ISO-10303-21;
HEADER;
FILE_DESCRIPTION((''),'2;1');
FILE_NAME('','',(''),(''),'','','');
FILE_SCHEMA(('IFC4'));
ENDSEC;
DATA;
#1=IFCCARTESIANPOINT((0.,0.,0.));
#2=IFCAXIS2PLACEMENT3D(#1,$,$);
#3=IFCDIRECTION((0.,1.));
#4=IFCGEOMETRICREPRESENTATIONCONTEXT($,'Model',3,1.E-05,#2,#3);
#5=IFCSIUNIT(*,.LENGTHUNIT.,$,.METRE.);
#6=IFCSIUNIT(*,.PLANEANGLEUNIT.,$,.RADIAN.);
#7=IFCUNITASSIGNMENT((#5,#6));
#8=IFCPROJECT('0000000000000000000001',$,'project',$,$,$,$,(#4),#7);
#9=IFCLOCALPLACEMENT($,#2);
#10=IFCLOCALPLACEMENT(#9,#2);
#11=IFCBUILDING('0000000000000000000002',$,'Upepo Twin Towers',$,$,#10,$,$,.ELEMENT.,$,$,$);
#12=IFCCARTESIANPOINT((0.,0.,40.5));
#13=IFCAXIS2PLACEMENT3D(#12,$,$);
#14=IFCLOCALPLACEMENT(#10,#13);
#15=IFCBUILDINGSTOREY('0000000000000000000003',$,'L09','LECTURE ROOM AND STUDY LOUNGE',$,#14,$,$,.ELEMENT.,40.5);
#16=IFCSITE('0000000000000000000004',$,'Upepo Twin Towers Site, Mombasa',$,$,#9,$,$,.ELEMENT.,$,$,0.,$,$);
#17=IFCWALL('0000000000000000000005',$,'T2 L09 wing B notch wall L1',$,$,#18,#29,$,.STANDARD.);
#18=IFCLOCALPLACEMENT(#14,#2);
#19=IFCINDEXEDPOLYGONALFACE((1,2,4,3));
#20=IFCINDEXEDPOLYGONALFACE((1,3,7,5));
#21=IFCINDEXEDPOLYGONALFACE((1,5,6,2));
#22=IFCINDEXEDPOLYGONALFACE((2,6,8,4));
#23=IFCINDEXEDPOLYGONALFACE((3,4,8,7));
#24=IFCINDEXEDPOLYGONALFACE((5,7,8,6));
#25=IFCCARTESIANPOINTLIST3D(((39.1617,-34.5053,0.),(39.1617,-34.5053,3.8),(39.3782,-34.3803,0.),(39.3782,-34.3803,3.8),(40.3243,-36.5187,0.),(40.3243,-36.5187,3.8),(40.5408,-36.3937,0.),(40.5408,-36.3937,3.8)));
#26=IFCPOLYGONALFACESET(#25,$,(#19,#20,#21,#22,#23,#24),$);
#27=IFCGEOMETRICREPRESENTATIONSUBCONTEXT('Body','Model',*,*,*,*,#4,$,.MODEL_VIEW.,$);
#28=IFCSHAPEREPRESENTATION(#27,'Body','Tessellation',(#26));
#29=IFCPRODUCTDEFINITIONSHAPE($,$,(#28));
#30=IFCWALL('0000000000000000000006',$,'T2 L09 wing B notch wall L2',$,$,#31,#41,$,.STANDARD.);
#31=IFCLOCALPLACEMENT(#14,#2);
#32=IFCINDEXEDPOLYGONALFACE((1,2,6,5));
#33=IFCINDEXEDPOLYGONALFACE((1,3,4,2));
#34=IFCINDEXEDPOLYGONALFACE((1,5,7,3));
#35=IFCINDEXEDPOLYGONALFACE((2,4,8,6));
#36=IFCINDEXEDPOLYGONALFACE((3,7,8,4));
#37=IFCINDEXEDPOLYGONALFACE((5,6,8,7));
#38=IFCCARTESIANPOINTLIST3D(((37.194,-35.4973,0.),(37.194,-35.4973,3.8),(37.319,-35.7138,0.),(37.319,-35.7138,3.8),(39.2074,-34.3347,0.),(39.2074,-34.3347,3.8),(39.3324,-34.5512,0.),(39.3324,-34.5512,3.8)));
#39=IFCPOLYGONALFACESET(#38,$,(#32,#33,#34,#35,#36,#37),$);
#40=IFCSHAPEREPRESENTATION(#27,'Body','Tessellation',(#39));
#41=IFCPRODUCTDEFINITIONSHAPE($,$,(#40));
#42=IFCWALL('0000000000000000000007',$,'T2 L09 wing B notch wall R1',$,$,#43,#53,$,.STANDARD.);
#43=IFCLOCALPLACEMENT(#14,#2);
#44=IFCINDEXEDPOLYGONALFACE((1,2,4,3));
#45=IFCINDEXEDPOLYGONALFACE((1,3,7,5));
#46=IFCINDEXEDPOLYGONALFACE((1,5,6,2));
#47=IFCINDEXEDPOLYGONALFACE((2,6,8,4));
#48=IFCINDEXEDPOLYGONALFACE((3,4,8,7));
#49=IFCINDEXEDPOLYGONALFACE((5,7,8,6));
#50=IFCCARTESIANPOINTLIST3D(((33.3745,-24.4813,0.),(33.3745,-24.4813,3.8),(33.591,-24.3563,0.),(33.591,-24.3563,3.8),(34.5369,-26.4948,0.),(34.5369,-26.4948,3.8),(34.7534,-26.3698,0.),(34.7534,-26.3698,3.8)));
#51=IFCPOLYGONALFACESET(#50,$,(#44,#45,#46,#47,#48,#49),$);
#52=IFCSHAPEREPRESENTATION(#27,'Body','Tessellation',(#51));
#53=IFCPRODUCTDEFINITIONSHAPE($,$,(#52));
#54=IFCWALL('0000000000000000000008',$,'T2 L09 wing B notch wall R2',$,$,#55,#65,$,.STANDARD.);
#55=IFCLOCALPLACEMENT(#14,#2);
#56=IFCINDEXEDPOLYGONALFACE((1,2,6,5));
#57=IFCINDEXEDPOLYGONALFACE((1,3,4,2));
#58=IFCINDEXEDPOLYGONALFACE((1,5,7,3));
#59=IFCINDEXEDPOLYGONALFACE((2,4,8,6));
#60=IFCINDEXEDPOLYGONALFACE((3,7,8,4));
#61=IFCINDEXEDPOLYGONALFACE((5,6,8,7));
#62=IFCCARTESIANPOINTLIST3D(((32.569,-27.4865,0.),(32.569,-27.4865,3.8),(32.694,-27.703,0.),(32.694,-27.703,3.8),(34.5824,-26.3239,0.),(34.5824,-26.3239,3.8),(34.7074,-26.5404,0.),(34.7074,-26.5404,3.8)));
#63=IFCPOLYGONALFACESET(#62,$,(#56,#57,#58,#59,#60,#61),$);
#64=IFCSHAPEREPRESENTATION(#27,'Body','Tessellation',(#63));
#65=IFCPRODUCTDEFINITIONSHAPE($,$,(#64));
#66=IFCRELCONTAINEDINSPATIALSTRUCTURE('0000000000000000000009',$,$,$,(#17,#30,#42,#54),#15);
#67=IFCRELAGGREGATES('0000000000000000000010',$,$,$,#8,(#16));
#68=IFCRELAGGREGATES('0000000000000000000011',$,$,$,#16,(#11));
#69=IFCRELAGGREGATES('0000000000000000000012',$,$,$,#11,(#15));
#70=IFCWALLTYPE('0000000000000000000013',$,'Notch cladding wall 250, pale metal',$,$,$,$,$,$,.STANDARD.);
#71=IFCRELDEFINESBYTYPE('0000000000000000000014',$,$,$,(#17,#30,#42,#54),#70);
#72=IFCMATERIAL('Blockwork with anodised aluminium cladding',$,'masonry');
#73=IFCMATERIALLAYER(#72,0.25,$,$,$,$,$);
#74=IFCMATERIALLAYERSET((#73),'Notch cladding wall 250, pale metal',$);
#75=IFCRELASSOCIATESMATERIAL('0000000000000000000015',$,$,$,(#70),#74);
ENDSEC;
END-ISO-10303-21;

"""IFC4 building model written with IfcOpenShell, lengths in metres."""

from ifc_helpers import new_model, si_unit, direction, frame, frame_2d, origin, place, context, subcontext, project, spatial, rectangle, extrude, material, layer, layer_set, type_object, element, save


model = new_model("IFC4")

# Units and contexts
model_context = context("Model", 3, precision=1e-05, world=origin(), true_north=direction((0.0, 1.0)))
body_context = subcontext(model_context, "Body", "Model", "MODEL_VIEW")
ifc_project = project(units=[si_unit("LENGTHUNIT", "METRE"), si_unit("PLANEANGLEUNIT", "RADIAN")], contexts=[model_context])

# Site, building, storey
site_placement = place(None, origin())
site = spatial("IfcSite", under=ifc_project, at=site_placement, Name="Upepo Twin Towers Site, Mombasa", CompositionType="ELEMENT", RefElevation=0.0)
building_placement = place(site_placement, origin())
building = spatial("IfcBuilding", under=site, at=building_placement, Name="Upepo Twin Towers", CompositionType="ELEMENT")
storey_placement = place(building_placement, frame((0.0, 0.0, 40.5)))
storey = spatial("IfcBuildingStorey", under=building, at=storey_placement, Name="L09", Description="LECTURE ROOM AND STUDY LOUNGE", CompositionType="ELEMENT", Elevation=40.5)

# Walls
ifc_material_1 = material(Name="Blockwork with anodised aluminium cladding", Category="masonry")
ifc_layer_1 = layer(ifc_material_1, 0.25)
ifc_layer_set_1 = layer_set([ifc_layer_1], Name="Notch cladding wall 250, pale metal")
wall_type_1 = type_object("IfcWallType", Name="Notch cladding wall 250, pale metal", PredefinedType="STANDARD", material=ifc_layer_set_1)
for number, where, z_axis, x_axis, name in (
    (1, (40.4326, -36.4563, 0.0), (0.0, 0.0, 1.0), (-0.500047, 0.865998, 0.0), "T2 L09 wing B notch wall L1"),
    (2, (39.27, -34.4429, 0.0), (0.0, 0.0, 1.0), (-0.865998, -0.500047, 0.0), "T2 L09 wing B notch wall L2"),
    (3, (33.4827, -24.4187, 0.0), (0.0, 0.0, 1.0), (0.499968, -0.866044, 0.0), "T2 L09 wing B notch wall R1"),
    (4, (34.645, -26.4321, 0.0), (0.0, 0.0, 1.0), (-0.865998, -0.500047, 0.0), "T2 L09 wing B notch wall R2"),
):
    element("IfcWall", number, at=place(storey_placement, frame(where, z_axis=z_axis, x_axis=x_axis)), inside=storey, type_object=wall_type_1, Name=name, PredefinedType="STANDARD", context=body_context, shape_type="SweptSolid", body=[
        extrude(rectangle(XDim=2.325, YDim=0.25, at=frame_2d((1.1626, 0.0))), origin(), (0.0, 0.0, 1.0), 3.8),
    ])

save(model, "model.ifc")
